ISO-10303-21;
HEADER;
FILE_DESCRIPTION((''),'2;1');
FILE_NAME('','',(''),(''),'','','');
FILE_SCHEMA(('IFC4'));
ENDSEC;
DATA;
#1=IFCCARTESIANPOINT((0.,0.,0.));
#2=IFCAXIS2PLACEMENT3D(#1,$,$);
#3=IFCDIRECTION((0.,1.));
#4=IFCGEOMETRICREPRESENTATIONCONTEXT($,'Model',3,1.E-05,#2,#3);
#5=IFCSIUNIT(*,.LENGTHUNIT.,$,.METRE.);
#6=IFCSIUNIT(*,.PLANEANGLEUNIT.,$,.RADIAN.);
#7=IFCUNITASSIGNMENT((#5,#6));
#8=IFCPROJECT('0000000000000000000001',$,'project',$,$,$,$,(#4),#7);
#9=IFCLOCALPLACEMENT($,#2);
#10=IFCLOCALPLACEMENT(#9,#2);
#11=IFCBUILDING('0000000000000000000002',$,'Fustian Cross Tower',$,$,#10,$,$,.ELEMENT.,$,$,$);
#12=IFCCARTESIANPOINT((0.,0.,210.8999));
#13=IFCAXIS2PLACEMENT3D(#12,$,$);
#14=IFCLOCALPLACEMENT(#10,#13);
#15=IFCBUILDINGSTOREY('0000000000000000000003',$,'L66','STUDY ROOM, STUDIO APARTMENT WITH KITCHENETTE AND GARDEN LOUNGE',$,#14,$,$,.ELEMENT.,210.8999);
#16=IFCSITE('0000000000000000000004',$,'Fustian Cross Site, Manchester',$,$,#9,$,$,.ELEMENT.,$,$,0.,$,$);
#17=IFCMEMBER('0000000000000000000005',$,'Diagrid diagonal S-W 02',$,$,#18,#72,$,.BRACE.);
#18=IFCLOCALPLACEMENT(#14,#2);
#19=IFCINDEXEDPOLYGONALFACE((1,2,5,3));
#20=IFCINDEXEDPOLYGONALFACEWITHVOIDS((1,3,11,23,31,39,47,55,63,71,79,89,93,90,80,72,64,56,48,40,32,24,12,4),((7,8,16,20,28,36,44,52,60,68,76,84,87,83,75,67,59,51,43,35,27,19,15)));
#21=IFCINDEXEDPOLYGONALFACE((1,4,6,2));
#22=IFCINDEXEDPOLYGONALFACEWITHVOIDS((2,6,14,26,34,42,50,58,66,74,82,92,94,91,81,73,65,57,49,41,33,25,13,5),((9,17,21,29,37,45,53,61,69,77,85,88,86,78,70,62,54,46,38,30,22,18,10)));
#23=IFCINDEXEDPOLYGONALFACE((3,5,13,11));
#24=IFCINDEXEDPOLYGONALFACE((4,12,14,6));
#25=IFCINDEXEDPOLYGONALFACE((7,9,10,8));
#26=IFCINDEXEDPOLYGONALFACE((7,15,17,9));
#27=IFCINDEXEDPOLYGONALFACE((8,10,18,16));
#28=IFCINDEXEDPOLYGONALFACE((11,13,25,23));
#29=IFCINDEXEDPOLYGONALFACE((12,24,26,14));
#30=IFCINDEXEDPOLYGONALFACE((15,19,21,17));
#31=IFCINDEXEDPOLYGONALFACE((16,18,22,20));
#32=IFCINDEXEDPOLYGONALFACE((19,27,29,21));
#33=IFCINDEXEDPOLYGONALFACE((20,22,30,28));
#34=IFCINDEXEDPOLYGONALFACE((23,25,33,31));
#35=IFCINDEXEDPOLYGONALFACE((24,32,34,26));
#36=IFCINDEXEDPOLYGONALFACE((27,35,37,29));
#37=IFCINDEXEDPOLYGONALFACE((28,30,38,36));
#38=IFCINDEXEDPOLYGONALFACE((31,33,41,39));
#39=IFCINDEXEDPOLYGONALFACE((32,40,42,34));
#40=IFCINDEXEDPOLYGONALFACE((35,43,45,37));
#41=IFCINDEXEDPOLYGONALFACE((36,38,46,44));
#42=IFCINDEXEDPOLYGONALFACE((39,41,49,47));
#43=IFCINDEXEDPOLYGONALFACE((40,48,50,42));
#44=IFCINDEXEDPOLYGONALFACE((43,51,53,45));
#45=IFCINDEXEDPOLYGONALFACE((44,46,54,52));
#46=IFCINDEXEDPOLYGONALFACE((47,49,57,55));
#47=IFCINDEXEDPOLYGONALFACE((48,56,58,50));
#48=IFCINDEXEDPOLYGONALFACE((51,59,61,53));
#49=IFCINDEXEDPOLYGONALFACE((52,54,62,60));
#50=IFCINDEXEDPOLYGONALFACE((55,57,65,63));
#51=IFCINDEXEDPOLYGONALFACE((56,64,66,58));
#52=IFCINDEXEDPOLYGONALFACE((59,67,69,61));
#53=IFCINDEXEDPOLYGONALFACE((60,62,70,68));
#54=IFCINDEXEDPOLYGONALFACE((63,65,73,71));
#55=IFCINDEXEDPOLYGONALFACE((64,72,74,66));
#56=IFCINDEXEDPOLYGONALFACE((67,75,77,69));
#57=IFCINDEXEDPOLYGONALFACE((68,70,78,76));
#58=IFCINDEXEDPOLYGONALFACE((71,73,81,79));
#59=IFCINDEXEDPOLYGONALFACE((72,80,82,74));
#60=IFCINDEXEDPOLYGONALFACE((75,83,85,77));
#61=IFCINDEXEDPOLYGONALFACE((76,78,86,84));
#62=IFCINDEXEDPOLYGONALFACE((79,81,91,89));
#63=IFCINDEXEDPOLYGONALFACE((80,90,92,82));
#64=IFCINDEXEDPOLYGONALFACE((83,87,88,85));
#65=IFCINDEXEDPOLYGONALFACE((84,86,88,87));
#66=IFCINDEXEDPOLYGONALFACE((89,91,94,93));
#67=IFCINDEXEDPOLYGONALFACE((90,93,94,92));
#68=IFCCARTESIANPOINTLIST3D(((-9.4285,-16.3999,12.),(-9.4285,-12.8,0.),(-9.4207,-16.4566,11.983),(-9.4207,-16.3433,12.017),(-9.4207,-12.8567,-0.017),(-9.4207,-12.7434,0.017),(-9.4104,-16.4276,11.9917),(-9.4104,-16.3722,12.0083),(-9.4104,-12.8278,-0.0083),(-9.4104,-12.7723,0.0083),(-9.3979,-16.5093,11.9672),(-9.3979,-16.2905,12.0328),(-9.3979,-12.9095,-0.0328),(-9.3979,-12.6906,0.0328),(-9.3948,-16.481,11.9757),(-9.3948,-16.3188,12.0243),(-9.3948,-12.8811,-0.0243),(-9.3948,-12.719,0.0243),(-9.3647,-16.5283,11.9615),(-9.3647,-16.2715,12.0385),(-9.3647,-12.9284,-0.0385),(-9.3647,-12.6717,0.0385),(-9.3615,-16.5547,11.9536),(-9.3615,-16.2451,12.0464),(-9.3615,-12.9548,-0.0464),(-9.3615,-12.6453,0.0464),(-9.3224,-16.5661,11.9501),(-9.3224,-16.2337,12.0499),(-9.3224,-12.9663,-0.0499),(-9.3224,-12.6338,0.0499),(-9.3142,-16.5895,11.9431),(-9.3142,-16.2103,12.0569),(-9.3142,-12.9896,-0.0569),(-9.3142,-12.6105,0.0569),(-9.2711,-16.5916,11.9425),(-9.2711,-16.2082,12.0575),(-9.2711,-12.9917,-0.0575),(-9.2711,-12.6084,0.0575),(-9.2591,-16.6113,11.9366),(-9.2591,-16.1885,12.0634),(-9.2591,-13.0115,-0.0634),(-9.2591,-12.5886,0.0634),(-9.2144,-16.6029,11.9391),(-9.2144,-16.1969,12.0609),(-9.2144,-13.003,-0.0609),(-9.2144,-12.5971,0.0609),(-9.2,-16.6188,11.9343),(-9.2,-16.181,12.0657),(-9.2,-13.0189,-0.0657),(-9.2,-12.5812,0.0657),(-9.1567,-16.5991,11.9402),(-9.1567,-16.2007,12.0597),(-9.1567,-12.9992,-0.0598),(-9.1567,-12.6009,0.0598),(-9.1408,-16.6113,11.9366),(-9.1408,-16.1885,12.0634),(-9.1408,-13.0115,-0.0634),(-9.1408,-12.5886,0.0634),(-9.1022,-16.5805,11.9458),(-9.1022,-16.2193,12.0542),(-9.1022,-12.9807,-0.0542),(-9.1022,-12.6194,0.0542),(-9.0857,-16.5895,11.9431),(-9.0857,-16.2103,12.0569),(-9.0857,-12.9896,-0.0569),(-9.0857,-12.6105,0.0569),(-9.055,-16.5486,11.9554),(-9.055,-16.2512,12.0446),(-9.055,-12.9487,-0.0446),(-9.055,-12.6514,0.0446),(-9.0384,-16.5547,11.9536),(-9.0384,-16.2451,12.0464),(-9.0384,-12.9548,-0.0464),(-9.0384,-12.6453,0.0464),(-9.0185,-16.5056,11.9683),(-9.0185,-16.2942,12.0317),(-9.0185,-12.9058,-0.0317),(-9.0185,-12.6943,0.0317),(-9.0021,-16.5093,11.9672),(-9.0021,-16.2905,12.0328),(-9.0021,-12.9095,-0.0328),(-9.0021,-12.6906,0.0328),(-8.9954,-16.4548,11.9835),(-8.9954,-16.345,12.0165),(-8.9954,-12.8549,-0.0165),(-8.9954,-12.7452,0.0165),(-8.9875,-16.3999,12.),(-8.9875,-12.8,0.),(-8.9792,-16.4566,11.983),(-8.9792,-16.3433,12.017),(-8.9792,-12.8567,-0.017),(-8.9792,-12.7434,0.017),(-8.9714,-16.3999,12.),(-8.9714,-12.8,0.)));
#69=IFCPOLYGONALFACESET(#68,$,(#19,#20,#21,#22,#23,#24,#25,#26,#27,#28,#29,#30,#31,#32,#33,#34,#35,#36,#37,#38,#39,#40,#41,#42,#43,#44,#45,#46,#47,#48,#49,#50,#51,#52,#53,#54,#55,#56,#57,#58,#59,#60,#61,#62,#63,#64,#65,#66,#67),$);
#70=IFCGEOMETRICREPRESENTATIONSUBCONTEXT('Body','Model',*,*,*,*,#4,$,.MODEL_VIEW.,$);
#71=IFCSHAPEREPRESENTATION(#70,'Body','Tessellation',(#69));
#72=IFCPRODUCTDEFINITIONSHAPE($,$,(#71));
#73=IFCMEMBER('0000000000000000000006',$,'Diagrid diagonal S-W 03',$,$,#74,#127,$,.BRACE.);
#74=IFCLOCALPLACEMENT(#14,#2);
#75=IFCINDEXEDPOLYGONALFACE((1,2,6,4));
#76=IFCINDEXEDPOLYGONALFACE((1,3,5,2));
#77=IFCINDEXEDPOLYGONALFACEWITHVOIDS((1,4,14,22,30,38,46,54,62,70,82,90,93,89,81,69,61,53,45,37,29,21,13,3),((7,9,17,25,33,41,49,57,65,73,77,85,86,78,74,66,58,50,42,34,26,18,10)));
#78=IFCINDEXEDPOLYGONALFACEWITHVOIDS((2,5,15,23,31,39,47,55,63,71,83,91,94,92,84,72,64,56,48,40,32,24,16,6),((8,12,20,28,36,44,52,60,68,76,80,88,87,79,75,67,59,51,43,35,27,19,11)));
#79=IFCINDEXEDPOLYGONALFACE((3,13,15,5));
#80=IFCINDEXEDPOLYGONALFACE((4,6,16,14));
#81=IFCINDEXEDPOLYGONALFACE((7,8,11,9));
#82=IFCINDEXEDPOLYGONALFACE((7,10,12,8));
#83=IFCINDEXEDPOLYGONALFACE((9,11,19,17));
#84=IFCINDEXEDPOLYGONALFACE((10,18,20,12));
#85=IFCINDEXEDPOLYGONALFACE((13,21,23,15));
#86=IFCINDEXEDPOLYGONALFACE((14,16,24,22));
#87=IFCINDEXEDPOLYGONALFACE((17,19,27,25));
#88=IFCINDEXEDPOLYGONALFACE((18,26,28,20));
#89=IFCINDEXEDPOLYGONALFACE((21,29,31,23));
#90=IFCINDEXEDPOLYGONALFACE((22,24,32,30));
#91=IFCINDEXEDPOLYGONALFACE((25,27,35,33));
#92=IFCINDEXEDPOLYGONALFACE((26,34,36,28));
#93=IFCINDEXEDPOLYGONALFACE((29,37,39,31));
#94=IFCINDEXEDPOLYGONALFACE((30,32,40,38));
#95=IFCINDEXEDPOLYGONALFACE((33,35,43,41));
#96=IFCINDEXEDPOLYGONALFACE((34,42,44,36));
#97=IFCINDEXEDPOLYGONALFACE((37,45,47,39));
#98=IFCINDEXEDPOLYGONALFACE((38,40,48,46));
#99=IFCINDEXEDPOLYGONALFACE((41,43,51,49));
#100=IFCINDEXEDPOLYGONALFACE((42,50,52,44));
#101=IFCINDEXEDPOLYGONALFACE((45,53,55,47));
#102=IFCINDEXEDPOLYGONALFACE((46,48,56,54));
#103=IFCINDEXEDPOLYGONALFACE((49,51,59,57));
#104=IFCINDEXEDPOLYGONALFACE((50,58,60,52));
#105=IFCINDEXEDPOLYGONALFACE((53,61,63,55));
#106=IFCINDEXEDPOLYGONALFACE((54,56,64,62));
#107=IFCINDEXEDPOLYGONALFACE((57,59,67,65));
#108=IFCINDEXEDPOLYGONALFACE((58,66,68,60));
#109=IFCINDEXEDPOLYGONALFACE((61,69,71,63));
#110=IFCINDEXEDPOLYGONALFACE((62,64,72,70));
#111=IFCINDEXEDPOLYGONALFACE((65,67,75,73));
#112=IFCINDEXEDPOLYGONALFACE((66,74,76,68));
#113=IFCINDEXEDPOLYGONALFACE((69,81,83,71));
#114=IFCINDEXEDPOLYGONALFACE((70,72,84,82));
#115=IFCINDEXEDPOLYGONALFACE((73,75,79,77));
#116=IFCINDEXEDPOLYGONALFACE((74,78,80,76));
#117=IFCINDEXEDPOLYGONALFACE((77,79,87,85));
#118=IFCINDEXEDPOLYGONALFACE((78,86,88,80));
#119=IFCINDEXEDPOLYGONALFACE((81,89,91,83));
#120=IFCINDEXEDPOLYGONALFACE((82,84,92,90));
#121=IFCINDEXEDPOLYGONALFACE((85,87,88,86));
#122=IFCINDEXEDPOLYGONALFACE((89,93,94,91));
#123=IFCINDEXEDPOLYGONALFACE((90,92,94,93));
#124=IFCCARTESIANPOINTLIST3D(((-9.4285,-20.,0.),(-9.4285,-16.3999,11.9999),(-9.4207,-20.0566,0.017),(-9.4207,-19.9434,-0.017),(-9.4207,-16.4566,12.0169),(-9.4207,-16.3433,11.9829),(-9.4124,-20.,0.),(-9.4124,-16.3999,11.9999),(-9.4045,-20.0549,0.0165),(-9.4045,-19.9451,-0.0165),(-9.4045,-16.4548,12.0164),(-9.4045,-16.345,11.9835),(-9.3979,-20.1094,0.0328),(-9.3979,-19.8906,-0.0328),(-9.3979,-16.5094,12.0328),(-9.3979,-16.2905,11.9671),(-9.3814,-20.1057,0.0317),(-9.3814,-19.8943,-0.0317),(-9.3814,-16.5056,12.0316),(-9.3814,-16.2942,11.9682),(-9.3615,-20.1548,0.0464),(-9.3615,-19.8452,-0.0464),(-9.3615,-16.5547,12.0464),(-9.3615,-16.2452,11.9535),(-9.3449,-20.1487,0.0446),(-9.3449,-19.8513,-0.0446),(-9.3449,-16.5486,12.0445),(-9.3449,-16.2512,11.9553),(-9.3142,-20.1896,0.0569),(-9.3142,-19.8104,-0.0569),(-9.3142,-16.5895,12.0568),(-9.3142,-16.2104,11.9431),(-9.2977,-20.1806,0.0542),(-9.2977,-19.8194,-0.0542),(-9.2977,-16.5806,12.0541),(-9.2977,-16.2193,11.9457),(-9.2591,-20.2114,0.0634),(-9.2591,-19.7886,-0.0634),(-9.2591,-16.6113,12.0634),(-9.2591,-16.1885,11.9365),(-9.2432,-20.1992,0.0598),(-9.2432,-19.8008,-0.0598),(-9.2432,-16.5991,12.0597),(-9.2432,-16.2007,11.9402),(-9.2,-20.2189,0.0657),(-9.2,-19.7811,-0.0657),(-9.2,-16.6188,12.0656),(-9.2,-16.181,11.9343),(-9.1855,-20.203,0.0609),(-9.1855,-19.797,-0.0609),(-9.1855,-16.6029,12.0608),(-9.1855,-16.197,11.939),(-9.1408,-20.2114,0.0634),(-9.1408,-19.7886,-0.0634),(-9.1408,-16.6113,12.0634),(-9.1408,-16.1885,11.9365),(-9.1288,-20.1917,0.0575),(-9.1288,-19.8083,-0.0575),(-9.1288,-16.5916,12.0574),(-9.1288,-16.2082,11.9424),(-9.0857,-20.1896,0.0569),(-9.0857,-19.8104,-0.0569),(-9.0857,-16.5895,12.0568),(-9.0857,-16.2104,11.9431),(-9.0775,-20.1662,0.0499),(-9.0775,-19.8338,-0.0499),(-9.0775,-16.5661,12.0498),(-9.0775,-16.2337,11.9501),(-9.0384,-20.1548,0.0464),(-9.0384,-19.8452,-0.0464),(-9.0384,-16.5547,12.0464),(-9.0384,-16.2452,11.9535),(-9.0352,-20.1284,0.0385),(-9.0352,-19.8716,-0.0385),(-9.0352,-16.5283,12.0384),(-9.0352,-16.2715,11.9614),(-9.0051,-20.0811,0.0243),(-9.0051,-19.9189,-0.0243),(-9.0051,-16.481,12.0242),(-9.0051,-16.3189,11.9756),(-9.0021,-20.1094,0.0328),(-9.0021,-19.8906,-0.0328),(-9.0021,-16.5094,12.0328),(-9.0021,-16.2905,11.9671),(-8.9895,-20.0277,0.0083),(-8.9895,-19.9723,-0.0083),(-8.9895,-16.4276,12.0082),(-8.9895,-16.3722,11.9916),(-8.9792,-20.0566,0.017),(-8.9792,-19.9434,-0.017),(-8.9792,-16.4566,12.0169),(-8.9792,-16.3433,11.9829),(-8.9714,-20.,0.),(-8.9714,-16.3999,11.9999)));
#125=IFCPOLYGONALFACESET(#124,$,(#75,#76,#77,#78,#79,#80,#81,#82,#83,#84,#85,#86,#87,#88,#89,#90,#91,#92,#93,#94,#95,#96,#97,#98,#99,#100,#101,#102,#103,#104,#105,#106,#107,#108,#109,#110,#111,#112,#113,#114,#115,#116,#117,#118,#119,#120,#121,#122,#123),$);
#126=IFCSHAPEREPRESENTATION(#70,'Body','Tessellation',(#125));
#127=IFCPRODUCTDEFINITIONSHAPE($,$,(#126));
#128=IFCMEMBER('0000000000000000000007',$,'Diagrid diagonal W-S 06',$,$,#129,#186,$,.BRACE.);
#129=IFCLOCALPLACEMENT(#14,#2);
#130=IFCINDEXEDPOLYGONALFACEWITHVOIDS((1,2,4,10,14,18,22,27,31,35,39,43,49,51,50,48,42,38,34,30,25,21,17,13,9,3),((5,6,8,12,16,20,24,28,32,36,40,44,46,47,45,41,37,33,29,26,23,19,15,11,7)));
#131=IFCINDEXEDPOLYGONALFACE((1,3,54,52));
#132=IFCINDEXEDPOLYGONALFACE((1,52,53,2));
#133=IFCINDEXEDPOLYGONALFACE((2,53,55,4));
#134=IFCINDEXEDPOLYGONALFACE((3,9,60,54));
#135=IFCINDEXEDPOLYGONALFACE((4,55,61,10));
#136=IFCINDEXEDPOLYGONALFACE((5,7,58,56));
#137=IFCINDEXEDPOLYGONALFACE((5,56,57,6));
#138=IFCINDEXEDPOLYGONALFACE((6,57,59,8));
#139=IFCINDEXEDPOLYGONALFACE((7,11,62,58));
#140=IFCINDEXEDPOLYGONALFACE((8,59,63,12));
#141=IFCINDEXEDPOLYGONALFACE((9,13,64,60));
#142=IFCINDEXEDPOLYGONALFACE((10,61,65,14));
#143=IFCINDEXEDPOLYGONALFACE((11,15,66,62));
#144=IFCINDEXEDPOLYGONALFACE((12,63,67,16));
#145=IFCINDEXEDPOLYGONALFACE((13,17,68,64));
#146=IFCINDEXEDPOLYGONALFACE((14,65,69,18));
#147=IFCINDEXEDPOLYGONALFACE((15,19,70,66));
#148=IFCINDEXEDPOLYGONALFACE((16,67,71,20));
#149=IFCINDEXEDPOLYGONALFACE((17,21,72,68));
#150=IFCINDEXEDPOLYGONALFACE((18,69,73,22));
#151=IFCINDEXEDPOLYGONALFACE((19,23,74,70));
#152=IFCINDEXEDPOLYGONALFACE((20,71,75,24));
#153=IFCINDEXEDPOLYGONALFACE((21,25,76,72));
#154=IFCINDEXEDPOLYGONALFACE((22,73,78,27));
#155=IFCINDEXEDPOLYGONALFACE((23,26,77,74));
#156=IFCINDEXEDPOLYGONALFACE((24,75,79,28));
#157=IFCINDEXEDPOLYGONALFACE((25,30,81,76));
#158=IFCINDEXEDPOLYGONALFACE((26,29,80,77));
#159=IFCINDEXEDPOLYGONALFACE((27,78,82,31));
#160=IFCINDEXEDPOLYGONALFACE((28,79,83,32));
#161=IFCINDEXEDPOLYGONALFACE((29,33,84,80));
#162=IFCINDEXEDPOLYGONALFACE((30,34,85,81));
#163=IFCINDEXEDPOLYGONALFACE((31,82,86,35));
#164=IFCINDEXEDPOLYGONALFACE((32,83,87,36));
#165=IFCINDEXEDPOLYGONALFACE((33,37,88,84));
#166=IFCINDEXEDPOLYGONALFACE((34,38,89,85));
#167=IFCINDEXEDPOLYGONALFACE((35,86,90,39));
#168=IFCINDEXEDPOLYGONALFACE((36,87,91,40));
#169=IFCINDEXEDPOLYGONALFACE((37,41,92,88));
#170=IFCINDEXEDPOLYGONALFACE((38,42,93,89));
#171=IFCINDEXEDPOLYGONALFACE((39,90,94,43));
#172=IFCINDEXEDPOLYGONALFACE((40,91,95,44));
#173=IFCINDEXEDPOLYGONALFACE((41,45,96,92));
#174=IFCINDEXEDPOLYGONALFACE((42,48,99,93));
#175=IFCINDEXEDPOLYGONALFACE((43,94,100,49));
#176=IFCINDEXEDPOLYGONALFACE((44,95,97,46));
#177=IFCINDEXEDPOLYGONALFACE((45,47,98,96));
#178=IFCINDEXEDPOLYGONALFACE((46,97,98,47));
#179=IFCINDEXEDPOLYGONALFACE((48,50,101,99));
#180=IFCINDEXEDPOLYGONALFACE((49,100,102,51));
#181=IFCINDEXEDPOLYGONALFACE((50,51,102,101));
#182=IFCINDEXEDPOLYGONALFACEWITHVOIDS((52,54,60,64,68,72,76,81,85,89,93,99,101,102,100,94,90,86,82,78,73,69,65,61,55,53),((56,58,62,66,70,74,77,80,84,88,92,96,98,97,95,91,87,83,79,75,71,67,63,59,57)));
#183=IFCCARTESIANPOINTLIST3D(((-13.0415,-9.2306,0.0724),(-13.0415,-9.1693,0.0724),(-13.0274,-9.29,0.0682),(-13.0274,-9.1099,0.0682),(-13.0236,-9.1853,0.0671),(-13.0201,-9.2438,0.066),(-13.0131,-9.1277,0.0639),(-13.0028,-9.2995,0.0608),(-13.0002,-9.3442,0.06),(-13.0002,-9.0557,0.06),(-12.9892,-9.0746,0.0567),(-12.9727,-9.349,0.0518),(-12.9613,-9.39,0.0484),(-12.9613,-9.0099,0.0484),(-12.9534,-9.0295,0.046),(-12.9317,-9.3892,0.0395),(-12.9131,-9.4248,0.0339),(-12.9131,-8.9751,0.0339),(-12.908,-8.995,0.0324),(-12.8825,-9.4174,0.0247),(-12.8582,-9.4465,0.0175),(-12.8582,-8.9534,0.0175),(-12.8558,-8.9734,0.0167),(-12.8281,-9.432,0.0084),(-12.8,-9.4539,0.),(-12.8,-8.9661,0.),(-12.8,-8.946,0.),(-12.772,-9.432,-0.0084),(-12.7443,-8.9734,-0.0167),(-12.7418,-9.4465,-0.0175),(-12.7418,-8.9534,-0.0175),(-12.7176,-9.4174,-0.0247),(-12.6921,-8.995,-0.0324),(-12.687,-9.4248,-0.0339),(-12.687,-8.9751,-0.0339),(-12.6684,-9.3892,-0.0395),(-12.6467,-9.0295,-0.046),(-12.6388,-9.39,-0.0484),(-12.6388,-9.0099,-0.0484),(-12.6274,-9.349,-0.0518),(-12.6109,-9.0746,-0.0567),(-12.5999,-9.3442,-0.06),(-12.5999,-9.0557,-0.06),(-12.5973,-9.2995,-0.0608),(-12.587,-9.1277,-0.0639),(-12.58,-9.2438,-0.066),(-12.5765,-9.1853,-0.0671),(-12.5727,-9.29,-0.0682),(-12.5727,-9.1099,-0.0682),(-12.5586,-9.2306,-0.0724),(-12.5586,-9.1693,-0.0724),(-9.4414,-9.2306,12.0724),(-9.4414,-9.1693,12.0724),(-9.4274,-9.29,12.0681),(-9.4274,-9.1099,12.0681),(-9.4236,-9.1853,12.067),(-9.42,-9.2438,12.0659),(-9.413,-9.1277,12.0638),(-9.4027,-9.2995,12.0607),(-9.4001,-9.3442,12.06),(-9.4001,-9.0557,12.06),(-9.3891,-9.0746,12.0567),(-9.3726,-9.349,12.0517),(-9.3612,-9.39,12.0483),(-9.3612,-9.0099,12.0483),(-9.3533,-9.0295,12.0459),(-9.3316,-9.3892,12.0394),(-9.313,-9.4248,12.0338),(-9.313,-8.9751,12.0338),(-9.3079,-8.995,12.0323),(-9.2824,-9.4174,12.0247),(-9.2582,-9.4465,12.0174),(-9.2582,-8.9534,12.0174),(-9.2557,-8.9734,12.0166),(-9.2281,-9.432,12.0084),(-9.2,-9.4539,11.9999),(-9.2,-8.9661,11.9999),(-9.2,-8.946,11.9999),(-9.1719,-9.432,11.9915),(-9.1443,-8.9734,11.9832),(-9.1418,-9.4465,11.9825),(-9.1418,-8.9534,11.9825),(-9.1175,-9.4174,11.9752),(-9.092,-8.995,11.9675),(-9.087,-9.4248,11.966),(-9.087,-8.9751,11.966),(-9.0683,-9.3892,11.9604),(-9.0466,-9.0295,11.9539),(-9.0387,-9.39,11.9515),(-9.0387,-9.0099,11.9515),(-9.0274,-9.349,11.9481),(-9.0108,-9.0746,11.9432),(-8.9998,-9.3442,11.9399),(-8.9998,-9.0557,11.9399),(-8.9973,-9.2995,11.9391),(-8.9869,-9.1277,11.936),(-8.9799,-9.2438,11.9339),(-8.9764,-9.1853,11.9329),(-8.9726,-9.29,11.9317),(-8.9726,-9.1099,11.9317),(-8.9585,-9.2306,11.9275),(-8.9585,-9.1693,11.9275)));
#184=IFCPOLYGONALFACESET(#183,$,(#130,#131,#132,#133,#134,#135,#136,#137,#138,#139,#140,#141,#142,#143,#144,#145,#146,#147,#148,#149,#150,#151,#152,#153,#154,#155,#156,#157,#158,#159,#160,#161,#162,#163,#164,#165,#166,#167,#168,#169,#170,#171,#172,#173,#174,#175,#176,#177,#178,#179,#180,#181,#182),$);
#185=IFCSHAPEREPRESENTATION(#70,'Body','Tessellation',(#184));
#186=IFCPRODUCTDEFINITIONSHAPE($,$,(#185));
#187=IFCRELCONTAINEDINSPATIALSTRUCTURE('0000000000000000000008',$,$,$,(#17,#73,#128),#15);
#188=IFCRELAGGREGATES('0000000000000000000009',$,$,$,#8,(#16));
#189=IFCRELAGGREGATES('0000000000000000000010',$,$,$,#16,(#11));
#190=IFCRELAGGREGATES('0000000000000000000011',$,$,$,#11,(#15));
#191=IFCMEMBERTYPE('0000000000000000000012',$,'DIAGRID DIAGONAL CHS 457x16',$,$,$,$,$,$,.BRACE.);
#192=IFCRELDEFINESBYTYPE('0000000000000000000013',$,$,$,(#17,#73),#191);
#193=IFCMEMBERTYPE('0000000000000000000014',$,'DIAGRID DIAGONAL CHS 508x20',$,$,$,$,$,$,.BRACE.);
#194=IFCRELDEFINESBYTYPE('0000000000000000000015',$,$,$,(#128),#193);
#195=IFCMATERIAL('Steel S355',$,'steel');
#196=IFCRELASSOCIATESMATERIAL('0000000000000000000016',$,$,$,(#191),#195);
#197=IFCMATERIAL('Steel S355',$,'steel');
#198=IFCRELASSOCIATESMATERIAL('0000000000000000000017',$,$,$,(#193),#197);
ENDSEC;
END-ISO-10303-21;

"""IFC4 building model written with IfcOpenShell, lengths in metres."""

from ifc_helpers import new_model, si_unit, direction, frame, origin, origin_2d, place, context, subcontext, project, spatial, hollow_circle, extrude, material, material_profile, profile_set, type_object, element, save


model = new_model("IFC4")

# Units and contexts
model_context = context("Model", 3, precision=1e-05, world=origin(), true_north=direction((0.0, 1.0)))
body_context = subcontext(model_context, "Body", "Model", "MODEL_VIEW")
ifc_project = project(units=[si_unit("LENGTHUNIT", "METRE"), si_unit("PLANEANGLEUNIT", "RADIAN")], contexts=[model_context])

# Site, building, storey
site_placement = place(None, origin())
site = spatial("IfcSite", under=ifc_project, at=site_placement, Name="Fustian Cross Site, Manchester", CompositionType="ELEMENT", RefElevation=0.0)
building_placement = place(site_placement, origin())
building = spatial("IfcBuilding", under=site, at=building_placement, Name="Fustian Cross Tower", CompositionType="ELEMENT")
storey_placement = place(building_placement, frame((0.0, 0.0, 210.8999)))
storey = spatial("IfcBuildingStorey", under=building, at=storey_placement, Name="L66", Description="STUDY ROOM, STUDIO APARTMENT WITH KITCHENETTE AND GARDEN LOUNGE", CompositionType="ELEMENT", Elevation=210.8999)

# Members
ifc_material_1 = material(Name="Steel S355", Category="steel")
ifc_material_profile_1 = material_profile(ifc_material_1, hollow_circle(Radius=0.2285, WallThickness=0.0161, at=origin_2d()), Name="CHS 457x16")
ifc_profile_set_1 = profile_set([ifc_material_profile_1], Name="Steel S355")
member_type_1 = type_object("IfcMemberType", Name="DIAGRID DIAGONAL CHS 457x16", PredefinedType="BRACE", material=ifc_profile_set_1)
for number, where, z_axis, x_axis, name in (
    (1, (-9.2, -12.8, 0.0), (0.0, -0.287337, 0.95783), (1.0, 0.0, 0.0), "Diagrid diagonal S-W 02"),
    (2, (-9.2, -20.0, 0.0), (0.0, 0.287355, 0.957824), (-1.0, 0.0, 0.0), "Diagrid diagonal S-W 03"),
):
    element("IfcMember", number, at=place(storey_placement, frame(where, z_axis=z_axis, x_axis=x_axis)), inside=storey, type_object=member_type_1, Name=name, PredefinedType="BRACE", context=body_context, shape_type="SweptSolid", body=[
        extrude(hollow_circle(Radius=0.2285, WallThickness=0.0161, at=origin_2d()), origin(), (0.0, 0.0, 1.0), 12.5283),
    ])
ifc_material_2 = material(Name="Steel S355", Category="steel")
ifc_material_profile_2 = material_profile(ifc_material_2, hollow_circle(Radius=0.2539, WallThickness=0.02, at=origin_2d()), Name="CHS 508x20")
ifc_profile_set_2 = profile_set([ifc_material_profile_2], Name="Steel S355")
member_type_2 = type_object("IfcMemberType", Name="DIAGRID DIAGONAL CHS 508x20", PredefinedType="BRACE", material=ifc_profile_set_2)
for number, where, z_axis, x_axis, name in (
    (3, (-12.8, -9.2, 0.0), (0.287355, 0.0, 0.957824), (0.0, 1.0, 0.0), "Diagrid diagonal W-S 06"),
):
    element("IfcMember", number, at=place(storey_placement, frame(where, z_axis=z_axis, x_axis=x_axis)), inside=storey, type_object=member_type_2, Name=name, PredefinedType="BRACE", context=body_context, shape_type="SweptSolid", body=[
        extrude(hollow_circle(Radius=0.2539, WallThickness=0.02, at=origin_2d()), origin(), (0.0, 0.0, 1.0), 12.5283),
    ])

save(model, "model.ifc")
